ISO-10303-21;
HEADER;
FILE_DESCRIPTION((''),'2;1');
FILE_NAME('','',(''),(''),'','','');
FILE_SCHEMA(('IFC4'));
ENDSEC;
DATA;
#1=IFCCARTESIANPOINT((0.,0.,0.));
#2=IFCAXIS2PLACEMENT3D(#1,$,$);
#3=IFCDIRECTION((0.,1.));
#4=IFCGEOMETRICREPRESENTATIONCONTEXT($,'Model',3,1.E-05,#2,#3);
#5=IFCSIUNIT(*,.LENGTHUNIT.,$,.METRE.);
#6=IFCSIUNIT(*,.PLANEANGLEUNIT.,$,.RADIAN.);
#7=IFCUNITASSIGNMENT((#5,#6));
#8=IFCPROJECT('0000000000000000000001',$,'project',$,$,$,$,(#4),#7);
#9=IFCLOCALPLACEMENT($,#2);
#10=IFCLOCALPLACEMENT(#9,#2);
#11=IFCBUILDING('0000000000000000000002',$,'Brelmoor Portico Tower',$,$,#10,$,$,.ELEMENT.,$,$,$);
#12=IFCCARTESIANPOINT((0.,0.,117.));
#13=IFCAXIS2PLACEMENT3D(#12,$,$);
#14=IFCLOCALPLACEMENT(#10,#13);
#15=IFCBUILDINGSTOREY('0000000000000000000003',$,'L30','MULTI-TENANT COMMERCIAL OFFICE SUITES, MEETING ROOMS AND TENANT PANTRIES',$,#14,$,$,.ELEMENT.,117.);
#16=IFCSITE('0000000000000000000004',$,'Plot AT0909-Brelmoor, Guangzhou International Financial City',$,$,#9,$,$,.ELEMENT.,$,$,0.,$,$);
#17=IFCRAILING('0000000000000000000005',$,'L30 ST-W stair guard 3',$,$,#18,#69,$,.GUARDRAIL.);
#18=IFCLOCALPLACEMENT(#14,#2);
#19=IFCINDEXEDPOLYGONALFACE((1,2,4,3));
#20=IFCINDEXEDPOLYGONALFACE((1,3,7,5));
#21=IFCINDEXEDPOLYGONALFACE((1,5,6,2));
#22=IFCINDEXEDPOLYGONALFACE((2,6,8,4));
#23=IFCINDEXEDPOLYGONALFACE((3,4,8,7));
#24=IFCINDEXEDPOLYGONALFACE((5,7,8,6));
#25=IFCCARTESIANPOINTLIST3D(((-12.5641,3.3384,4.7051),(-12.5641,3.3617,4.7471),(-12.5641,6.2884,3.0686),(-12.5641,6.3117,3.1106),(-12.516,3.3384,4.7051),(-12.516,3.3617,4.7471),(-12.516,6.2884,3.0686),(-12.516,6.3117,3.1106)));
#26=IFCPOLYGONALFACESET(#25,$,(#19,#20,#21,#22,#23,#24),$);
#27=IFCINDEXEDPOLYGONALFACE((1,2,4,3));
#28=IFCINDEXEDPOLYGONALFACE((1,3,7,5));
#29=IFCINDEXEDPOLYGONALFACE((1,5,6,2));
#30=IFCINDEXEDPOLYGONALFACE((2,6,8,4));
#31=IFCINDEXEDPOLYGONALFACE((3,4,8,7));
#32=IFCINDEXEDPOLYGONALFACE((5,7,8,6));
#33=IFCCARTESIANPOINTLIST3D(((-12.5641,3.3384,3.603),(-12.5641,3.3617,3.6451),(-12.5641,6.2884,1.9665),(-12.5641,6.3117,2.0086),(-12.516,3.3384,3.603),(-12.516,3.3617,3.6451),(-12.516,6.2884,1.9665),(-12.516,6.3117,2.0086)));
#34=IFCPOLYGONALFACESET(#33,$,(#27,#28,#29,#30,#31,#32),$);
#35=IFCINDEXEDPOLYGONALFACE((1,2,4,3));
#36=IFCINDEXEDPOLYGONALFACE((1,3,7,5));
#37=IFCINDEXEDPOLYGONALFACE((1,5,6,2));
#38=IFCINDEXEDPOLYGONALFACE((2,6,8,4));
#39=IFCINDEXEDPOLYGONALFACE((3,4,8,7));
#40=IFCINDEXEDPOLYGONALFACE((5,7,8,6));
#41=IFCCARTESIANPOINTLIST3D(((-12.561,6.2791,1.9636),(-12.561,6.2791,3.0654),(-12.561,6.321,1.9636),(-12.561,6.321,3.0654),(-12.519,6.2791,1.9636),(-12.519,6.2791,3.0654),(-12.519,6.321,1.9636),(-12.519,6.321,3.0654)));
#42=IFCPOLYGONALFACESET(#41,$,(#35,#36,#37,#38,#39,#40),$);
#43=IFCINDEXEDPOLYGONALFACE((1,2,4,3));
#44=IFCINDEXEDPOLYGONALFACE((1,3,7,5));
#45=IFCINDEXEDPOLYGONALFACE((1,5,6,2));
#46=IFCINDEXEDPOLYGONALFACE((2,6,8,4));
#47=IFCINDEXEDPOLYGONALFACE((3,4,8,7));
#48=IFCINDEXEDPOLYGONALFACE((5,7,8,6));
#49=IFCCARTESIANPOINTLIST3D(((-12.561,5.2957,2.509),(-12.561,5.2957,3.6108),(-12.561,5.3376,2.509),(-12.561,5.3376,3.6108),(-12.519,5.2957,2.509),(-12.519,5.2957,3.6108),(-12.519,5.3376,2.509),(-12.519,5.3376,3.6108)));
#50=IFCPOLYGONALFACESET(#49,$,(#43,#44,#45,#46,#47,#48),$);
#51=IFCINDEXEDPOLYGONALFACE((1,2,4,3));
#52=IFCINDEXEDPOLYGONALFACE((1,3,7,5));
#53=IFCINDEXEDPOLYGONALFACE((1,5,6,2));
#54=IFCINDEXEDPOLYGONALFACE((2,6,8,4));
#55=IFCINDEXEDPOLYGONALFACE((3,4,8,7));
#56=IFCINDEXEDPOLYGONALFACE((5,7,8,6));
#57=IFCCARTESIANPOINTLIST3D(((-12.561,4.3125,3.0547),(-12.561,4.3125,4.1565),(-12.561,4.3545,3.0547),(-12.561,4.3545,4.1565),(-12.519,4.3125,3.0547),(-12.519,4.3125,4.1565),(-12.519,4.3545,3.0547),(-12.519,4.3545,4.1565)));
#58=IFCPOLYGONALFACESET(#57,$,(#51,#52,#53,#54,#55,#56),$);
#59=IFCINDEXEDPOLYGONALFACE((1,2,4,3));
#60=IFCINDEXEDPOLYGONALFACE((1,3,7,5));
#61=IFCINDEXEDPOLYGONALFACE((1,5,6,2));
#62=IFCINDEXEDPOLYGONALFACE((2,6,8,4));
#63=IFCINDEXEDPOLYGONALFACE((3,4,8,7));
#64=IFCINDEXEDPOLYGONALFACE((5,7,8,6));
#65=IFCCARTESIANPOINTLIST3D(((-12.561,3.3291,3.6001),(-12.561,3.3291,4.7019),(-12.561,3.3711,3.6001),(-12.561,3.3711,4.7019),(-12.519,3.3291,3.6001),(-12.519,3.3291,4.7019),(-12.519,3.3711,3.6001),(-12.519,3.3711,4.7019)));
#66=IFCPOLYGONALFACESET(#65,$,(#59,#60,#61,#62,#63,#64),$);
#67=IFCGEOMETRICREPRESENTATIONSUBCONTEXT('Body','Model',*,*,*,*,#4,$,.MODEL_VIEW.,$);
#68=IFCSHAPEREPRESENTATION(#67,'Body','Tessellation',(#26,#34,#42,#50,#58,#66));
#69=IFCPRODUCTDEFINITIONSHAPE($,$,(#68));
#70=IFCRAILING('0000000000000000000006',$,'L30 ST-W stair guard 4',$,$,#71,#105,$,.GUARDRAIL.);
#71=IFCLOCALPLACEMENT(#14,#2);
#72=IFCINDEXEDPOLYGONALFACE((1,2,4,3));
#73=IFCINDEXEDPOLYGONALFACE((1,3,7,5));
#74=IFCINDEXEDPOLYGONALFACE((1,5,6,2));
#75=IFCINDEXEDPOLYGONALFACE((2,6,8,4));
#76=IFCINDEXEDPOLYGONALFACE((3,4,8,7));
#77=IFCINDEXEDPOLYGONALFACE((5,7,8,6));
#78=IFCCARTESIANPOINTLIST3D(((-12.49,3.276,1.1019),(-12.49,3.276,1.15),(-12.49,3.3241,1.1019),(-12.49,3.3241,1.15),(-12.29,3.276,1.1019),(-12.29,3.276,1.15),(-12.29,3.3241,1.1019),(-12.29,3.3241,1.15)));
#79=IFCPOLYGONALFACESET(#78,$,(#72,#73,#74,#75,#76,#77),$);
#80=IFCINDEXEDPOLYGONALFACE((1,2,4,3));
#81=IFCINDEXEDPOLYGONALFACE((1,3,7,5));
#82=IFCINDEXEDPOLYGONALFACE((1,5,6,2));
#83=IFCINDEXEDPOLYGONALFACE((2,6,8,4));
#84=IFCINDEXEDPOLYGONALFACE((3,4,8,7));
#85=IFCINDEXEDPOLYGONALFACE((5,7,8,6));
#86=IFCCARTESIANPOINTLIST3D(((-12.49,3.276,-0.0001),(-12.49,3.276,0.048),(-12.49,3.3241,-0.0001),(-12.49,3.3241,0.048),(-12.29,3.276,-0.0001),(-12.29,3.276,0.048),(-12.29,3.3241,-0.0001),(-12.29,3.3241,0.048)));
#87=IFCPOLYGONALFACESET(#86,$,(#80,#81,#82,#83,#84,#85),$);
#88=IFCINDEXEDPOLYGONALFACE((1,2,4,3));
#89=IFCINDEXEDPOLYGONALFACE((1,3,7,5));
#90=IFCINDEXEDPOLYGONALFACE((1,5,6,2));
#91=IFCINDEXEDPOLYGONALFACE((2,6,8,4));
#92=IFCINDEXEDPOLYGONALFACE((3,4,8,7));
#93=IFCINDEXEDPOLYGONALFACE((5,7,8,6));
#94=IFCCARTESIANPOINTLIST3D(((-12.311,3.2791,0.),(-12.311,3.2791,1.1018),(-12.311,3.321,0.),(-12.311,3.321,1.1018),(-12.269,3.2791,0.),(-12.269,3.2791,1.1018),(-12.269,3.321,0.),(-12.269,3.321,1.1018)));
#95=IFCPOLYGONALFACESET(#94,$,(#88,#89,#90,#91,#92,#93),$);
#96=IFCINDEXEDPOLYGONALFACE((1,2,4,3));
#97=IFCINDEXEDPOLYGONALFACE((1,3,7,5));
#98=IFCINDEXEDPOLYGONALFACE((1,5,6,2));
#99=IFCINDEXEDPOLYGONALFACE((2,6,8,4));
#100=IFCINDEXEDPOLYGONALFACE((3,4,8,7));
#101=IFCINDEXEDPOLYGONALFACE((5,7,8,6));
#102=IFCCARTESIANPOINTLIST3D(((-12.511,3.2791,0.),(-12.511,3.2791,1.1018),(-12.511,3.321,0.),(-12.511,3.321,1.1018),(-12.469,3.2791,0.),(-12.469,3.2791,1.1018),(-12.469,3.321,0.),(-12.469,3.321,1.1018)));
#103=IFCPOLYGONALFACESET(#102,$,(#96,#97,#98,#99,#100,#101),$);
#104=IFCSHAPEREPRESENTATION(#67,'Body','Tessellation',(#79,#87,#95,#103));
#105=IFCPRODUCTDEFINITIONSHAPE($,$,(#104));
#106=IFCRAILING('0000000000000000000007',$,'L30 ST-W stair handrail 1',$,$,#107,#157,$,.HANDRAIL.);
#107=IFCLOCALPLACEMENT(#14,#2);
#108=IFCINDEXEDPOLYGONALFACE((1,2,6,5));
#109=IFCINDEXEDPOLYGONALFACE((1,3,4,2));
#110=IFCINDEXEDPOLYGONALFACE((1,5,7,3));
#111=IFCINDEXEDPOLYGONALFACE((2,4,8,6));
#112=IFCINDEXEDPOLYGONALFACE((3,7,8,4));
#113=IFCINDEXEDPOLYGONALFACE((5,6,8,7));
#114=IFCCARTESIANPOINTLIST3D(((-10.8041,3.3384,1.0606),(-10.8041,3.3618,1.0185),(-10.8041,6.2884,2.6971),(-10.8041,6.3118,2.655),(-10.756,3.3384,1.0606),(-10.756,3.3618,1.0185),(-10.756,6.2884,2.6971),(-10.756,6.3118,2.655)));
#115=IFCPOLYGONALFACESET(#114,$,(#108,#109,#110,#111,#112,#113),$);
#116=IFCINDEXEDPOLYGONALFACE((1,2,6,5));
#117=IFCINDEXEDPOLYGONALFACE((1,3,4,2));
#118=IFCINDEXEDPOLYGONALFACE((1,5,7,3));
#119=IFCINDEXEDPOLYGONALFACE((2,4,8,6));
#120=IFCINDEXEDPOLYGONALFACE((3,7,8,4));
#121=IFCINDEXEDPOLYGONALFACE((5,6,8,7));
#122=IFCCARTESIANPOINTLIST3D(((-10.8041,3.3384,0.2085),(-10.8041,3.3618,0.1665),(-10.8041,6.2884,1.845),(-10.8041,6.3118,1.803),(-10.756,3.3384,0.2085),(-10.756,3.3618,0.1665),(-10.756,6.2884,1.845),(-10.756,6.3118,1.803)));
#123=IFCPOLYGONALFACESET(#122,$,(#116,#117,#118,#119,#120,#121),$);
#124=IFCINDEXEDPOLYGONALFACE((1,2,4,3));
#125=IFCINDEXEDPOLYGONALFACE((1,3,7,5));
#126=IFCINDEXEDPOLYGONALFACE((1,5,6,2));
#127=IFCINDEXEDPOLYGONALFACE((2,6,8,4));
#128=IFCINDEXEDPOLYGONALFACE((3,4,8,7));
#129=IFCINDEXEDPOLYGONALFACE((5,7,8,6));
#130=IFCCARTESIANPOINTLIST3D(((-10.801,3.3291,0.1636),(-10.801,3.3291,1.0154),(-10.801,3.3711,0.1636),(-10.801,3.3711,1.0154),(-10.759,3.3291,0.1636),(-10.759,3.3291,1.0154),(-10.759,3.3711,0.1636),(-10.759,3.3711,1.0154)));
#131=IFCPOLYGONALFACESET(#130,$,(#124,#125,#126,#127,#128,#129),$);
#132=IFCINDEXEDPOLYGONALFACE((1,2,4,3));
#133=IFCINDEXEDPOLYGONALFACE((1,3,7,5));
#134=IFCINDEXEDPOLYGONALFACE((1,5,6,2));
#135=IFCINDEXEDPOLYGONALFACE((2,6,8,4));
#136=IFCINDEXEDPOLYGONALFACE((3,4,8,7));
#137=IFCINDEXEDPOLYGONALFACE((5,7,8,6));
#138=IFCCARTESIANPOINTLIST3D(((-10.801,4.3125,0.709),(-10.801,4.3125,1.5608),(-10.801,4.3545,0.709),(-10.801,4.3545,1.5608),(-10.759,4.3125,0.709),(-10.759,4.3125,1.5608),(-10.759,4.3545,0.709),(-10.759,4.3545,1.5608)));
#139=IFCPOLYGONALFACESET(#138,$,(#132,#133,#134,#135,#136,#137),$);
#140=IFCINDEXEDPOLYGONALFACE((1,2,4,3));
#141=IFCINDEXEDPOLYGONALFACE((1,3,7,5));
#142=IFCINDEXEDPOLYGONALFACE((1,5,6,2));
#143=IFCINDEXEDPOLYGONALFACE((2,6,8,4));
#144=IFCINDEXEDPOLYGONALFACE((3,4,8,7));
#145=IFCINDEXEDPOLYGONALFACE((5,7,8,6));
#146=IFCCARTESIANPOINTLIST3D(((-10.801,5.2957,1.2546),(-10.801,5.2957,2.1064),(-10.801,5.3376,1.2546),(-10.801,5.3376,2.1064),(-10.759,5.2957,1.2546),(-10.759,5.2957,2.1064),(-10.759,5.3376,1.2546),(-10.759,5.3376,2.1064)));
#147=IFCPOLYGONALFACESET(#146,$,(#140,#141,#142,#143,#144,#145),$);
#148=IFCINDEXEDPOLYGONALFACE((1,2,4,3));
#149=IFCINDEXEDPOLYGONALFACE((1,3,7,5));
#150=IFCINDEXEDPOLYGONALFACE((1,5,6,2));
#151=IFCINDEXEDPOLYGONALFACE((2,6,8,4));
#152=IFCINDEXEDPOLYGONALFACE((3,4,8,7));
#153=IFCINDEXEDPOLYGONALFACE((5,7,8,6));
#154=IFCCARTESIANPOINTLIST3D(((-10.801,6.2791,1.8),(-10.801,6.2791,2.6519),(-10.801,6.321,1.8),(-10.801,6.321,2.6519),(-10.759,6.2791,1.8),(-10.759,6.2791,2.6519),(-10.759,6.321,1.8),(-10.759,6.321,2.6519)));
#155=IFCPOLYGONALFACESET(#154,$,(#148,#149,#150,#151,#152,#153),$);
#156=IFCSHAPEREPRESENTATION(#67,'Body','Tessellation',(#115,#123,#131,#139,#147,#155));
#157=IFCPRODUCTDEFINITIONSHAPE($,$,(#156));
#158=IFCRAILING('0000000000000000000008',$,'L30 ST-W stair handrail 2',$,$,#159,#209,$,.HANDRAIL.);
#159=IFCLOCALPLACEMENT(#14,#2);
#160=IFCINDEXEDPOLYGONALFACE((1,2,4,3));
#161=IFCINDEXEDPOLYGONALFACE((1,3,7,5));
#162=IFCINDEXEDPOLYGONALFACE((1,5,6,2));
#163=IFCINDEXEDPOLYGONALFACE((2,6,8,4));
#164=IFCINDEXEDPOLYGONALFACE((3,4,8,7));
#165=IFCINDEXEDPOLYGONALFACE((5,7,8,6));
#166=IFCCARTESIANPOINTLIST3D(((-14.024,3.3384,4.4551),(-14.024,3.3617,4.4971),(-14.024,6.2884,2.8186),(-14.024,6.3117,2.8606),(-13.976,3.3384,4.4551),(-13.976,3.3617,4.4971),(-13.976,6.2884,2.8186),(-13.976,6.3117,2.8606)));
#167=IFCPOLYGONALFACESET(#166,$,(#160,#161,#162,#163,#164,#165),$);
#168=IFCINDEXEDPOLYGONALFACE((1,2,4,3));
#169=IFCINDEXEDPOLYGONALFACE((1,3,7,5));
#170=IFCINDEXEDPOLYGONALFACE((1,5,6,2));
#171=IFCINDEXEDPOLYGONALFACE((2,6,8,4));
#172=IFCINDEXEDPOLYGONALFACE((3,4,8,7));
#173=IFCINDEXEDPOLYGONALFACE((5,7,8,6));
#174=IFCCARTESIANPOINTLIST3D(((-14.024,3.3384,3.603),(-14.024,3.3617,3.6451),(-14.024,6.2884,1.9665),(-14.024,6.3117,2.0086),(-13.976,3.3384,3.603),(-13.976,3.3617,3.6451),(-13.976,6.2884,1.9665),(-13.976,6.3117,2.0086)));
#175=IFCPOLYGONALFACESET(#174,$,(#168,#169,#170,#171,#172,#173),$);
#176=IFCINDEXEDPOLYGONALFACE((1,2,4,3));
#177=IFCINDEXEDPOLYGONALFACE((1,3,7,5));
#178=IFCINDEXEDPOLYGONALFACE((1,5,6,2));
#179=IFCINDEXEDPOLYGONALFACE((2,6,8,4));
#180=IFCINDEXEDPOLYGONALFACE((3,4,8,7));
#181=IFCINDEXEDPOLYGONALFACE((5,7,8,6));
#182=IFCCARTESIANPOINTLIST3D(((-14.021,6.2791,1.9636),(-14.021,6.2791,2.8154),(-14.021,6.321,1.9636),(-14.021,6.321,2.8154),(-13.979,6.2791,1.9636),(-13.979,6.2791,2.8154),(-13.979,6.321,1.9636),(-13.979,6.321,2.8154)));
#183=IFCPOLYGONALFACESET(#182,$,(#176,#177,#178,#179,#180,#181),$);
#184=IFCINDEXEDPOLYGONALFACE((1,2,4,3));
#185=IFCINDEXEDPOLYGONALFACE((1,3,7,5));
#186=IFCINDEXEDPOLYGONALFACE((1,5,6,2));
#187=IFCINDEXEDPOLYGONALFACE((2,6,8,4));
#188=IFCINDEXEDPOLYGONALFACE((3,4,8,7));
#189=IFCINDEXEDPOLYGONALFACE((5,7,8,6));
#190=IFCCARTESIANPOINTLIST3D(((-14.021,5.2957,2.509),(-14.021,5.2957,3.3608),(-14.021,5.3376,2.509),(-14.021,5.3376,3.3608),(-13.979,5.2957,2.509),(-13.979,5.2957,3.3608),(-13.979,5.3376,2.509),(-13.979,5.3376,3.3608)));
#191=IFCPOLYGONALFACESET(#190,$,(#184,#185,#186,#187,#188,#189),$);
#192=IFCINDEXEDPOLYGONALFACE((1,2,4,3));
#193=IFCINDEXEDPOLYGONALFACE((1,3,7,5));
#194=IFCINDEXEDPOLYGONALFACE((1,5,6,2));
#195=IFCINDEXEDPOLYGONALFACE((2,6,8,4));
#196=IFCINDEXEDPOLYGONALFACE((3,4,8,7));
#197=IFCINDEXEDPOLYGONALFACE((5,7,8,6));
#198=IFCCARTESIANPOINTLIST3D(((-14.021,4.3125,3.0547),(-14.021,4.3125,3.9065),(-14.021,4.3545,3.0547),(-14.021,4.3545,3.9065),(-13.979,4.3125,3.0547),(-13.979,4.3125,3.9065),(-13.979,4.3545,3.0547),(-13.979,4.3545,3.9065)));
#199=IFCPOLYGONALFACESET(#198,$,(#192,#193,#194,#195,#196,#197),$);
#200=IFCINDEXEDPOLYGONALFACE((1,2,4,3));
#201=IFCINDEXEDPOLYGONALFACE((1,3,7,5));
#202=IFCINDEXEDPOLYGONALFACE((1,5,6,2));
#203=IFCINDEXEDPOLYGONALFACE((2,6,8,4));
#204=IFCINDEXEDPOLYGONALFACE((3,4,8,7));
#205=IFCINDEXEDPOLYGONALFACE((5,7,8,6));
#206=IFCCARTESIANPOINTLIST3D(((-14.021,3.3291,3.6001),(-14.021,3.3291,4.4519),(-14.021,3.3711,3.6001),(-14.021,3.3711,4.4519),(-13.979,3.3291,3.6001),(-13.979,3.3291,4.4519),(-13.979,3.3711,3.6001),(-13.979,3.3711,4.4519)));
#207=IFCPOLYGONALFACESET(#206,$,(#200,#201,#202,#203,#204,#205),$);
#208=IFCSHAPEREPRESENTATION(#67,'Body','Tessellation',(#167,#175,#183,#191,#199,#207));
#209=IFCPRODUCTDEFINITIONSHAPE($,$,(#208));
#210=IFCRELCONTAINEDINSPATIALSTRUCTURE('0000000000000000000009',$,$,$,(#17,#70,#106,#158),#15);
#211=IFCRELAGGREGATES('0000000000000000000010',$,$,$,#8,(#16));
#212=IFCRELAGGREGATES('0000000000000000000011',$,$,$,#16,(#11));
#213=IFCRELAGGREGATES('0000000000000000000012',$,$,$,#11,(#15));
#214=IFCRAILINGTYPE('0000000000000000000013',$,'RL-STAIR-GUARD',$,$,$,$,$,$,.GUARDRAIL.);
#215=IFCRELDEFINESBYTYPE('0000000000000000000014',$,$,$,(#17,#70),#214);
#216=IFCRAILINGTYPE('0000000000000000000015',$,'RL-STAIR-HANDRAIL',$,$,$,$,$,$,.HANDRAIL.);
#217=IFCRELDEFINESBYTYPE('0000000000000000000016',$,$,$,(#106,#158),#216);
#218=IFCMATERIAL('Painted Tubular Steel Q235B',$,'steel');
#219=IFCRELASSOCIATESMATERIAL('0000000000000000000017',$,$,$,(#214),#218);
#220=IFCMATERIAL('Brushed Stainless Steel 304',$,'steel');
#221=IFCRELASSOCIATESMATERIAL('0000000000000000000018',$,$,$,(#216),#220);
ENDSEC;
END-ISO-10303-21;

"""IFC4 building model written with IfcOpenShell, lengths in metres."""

from ifc_helpers import new_model, si_unit, direction, frame, origin, origin_2d, place, context, subcontext, project, spatial, rectangle, extrude, material, type_object, element, save


model = new_model("IFC4")

# Units and contexts
model_context = context("Model", 3, precision=1e-05, world=origin(), true_north=direction((0.0, 1.0)))
body_context = subcontext(model_context, "Body", "Model", "MODEL_VIEW")
ifc_project = project(units=[si_unit("LENGTHUNIT", "METRE"), si_unit("PLANEANGLEUNIT", "RADIAN")], contexts=[model_context])

# Site, building, storey
site_placement = place(None, origin())
site = spatial("IfcSite", under=ifc_project, at=site_placement, Name="Plot AT0909-Brelmoor, Guangzhou International Financial City", CompositionType="ELEMENT", RefElevation=0.0)
building_placement = place(site_placement, origin())
building = spatial("IfcBuilding", under=site, at=building_placement, Name="Brelmoor Portico Tower", CompositionType="ELEMENT")
storey_placement = place(building_placement, frame((0.0, 0.0, 117.0)))
storey = spatial("IfcBuildingStorey", under=building, at=storey_placement, Name="L30", Description="MULTI-TENANT COMMERCIAL OFFICE SUITES, MEETING ROOMS AND TENANT PANTRIES", CompositionType="ELEMENT", Elevation=117.0)

# Railings
ifc_material_1 = material(Name="Painted Tubular Steel Q235B", Category="steel")
railing_type_1 = type_object("IfcRailingType", Name="RL-STAIR-GUARD", PredefinedType="GUARDRAIL", material=ifc_material_1)
railing_1_placement = place(storey_placement, frame((-12.54, 6.3, 1.9636)))
element("IfcRailing", 1, at=railing_1_placement, inside=storey, type_object=railing_type_1, Name="L30 ST-W stair guard 3", PredefinedType="GUARDRAIL", context=body_context, shape_type="SweptSolid", body=[
    extrude(rectangle(XDim=0.0481, YDim=0.0481, at=origin_2d()), frame((0.0, 0.0, 1.126), z_axis=(0.0, -0.874458, 0.485102), x_axis=(1.0, 0.0, 0.0)), (0.0, 0.0, 1.0), 3.3735),
    extrude(rectangle(XDim=0.0481, YDim=0.0481, at=origin_2d()), frame((0.0, 0.0, 0.0239), z_axis=(0.0, -0.874458, 0.485102), x_axis=(1.0, 0.0, 0.0)), (0.0, 0.0, 1.0), 3.3735),
    extrude(rectangle(XDim=0.042, YDim=0.042, at=origin_2d()), origin(), (0.0, 0.0, 1.0), 1.1018),
    extrude(rectangle(XDim=0.042, YDim=0.042, at=origin_2d()), frame((0.0, -0.9834, 0.5454)), (0.0, 0.0, 1.0), 1.1018),
    extrude(rectangle(XDim=0.042, YDim=0.042, at=origin_2d()), frame((0.0, -1.9666, 1.0911)), (0.0, 0.0, 1.0), 1.1018),
    extrude(rectangle(XDim=0.042, YDim=0.042, at=origin_2d()), frame((0.0, -2.95, 1.6365)), (0.0, 0.0, 1.0), 1.1018),
])
railing_2_placement = place(storey_placement, frame((-12.29, 3.3, 0.0)))
element("IfcRailing", 2, at=railing_2_placement, inside=storey, type_object=railing_type_1, Name="L30 ST-W stair guard 4", PredefinedType="GUARDRAIL", context=body_context, shape_type="SweptSolid", body=[
    extrude(rectangle(XDim=0.0481, YDim=0.0481, at=origin_2d()), frame((0.0, 0.0, 1.126), z_axis=(-1.0, 0.0, 0.0), x_axis=(0.0, -1.0, 0.0)), (0.0, 0.0, 1.0), 0.2),
    extrude(rectangle(XDim=0.0481, YDim=0.0481, at=origin_2d()), frame((0.0, 0.0, 0.0239), z_axis=(-1.0, 0.0, 0.0), x_axis=(0.0, -1.0, 0.0)), (0.0, 0.0, 1.0), 0.2),
    extrude(rectangle(XDim=0.042, YDim=0.042, at=origin_2d()), origin(), (0.0, 0.0, 1.0), 1.1018),
    extrude(rectangle(XDim=0.042, YDim=0.042, at=origin_2d()), frame((-0.2, 0.0, 0.0)), (0.0, 0.0, 1.0), 1.1018),
])
ifc_material_2 = material(Name="Brushed Stainless Steel 304", Category="steel")
railing_type_2 = type_object("IfcRailingType", Name="RL-STAIR-HANDRAIL", PredefinedType="HANDRAIL", material=ifc_material_2)
railing_3_placement = place(storey_placement, frame((-10.78, 3.3501, 0.1636)))
element("IfcRailing", 3, at=railing_3_placement, inside=storey, type_object=railing_type_2, Name="L30 ST-W stair handrail 1", PredefinedType="HANDRAIL", context=body_context, shape_type="SweptSolid", body=[
    extrude(rectangle(XDim=0.0481, YDim=0.0481, at=origin_2d()), frame((0.0, 0.0, 0.876), z_axis=(0.0, 0.874458, 0.485102), x_axis=(-1.0, 0.0, 0.0)), (0.0, 0.0, 1.0), 3.3735),
    extrude(rectangle(XDim=0.0481, YDim=0.0481, at=origin_2d()), frame((0.0, 0.0, 0.0239), z_axis=(0.0, 0.874458, 0.485102), x_axis=(-1.0, 0.0, 0.0)), (0.0, 0.0, 1.0), 3.3735),
    extrude(rectangle(XDim=0.042, YDim=0.042, at=origin_2d()), origin(), (0.0, 0.0, 1.0), 0.8518),
    extrude(rectangle(XDim=0.042, YDim=0.042, at=origin_2d()), frame((0.0, 0.9834, 0.5454)), (0.0, 0.0, 1.0), 0.8518),
    extrude(rectangle(XDim=0.042, YDim=0.042, at=origin_2d()), frame((0.0, 1.9666, 1.0911)), (0.0, 0.0, 1.0), 0.8518),
    extrude(rectangle(XDim=0.042, YDim=0.042, at=origin_2d()), frame((0.0, 2.95, 1.6365)), (0.0, 0.0, 1.0), 0.8518),
])
railing_4_placement = place(storey_placement, frame((-14.0, 6.3, 1.9636)))
element("IfcRailing", 4, at=railing_4_placement, inside=storey, type_object=railing_type_2, Name="L30 ST-W stair handrail 2", PredefinedType="HANDRAIL", context=body_context, shape_type="SweptSolid", body=[
    extrude(rectangle(XDim=0.0481, YDim=0.0481, at=origin_2d()), frame((0.0, 0.0, 0.876), z_axis=(0.0, -0.874458, 0.485102), x_axis=(1.0, 0.0, 0.0)), (0.0, 0.0, 1.0), 3.3735),
    extrude(rectangle(XDim=0.0481, YDim=0.0481, at=origin_2d()), frame((0.0, 0.0, 0.0239), z_axis=(0.0, -0.874458, 0.485102), x_axis=(1.0, 0.0, 0.0)), (0.0, 0.0, 1.0), 3.3735),
    extrude(rectangle(XDim=0.042, YDim=0.042, at=origin_2d()), origin(), (0.0, 0.0, 1.0), 0.8518),
    extrude(rectangle(XDim=0.042, YDim=0.042, at=origin_2d()), frame((0.0, -0.9834, 0.5454)), (0.0, 0.0, 1.0), 0.8518),
    extrude(rectangle(XDim=0.042, YDim=0.042, at=origin_2d()), frame((0.0, -1.9666, 1.0911)), (0.0, 0.0, 1.0), 0.8518),
    extrude(rectangle(XDim=0.042, YDim=0.042, at=origin_2d()), frame((0.0, -2.95, 1.6365)), (0.0, 0.0, 1.0), 0.8518),
])

save(model, "model.ifc")
